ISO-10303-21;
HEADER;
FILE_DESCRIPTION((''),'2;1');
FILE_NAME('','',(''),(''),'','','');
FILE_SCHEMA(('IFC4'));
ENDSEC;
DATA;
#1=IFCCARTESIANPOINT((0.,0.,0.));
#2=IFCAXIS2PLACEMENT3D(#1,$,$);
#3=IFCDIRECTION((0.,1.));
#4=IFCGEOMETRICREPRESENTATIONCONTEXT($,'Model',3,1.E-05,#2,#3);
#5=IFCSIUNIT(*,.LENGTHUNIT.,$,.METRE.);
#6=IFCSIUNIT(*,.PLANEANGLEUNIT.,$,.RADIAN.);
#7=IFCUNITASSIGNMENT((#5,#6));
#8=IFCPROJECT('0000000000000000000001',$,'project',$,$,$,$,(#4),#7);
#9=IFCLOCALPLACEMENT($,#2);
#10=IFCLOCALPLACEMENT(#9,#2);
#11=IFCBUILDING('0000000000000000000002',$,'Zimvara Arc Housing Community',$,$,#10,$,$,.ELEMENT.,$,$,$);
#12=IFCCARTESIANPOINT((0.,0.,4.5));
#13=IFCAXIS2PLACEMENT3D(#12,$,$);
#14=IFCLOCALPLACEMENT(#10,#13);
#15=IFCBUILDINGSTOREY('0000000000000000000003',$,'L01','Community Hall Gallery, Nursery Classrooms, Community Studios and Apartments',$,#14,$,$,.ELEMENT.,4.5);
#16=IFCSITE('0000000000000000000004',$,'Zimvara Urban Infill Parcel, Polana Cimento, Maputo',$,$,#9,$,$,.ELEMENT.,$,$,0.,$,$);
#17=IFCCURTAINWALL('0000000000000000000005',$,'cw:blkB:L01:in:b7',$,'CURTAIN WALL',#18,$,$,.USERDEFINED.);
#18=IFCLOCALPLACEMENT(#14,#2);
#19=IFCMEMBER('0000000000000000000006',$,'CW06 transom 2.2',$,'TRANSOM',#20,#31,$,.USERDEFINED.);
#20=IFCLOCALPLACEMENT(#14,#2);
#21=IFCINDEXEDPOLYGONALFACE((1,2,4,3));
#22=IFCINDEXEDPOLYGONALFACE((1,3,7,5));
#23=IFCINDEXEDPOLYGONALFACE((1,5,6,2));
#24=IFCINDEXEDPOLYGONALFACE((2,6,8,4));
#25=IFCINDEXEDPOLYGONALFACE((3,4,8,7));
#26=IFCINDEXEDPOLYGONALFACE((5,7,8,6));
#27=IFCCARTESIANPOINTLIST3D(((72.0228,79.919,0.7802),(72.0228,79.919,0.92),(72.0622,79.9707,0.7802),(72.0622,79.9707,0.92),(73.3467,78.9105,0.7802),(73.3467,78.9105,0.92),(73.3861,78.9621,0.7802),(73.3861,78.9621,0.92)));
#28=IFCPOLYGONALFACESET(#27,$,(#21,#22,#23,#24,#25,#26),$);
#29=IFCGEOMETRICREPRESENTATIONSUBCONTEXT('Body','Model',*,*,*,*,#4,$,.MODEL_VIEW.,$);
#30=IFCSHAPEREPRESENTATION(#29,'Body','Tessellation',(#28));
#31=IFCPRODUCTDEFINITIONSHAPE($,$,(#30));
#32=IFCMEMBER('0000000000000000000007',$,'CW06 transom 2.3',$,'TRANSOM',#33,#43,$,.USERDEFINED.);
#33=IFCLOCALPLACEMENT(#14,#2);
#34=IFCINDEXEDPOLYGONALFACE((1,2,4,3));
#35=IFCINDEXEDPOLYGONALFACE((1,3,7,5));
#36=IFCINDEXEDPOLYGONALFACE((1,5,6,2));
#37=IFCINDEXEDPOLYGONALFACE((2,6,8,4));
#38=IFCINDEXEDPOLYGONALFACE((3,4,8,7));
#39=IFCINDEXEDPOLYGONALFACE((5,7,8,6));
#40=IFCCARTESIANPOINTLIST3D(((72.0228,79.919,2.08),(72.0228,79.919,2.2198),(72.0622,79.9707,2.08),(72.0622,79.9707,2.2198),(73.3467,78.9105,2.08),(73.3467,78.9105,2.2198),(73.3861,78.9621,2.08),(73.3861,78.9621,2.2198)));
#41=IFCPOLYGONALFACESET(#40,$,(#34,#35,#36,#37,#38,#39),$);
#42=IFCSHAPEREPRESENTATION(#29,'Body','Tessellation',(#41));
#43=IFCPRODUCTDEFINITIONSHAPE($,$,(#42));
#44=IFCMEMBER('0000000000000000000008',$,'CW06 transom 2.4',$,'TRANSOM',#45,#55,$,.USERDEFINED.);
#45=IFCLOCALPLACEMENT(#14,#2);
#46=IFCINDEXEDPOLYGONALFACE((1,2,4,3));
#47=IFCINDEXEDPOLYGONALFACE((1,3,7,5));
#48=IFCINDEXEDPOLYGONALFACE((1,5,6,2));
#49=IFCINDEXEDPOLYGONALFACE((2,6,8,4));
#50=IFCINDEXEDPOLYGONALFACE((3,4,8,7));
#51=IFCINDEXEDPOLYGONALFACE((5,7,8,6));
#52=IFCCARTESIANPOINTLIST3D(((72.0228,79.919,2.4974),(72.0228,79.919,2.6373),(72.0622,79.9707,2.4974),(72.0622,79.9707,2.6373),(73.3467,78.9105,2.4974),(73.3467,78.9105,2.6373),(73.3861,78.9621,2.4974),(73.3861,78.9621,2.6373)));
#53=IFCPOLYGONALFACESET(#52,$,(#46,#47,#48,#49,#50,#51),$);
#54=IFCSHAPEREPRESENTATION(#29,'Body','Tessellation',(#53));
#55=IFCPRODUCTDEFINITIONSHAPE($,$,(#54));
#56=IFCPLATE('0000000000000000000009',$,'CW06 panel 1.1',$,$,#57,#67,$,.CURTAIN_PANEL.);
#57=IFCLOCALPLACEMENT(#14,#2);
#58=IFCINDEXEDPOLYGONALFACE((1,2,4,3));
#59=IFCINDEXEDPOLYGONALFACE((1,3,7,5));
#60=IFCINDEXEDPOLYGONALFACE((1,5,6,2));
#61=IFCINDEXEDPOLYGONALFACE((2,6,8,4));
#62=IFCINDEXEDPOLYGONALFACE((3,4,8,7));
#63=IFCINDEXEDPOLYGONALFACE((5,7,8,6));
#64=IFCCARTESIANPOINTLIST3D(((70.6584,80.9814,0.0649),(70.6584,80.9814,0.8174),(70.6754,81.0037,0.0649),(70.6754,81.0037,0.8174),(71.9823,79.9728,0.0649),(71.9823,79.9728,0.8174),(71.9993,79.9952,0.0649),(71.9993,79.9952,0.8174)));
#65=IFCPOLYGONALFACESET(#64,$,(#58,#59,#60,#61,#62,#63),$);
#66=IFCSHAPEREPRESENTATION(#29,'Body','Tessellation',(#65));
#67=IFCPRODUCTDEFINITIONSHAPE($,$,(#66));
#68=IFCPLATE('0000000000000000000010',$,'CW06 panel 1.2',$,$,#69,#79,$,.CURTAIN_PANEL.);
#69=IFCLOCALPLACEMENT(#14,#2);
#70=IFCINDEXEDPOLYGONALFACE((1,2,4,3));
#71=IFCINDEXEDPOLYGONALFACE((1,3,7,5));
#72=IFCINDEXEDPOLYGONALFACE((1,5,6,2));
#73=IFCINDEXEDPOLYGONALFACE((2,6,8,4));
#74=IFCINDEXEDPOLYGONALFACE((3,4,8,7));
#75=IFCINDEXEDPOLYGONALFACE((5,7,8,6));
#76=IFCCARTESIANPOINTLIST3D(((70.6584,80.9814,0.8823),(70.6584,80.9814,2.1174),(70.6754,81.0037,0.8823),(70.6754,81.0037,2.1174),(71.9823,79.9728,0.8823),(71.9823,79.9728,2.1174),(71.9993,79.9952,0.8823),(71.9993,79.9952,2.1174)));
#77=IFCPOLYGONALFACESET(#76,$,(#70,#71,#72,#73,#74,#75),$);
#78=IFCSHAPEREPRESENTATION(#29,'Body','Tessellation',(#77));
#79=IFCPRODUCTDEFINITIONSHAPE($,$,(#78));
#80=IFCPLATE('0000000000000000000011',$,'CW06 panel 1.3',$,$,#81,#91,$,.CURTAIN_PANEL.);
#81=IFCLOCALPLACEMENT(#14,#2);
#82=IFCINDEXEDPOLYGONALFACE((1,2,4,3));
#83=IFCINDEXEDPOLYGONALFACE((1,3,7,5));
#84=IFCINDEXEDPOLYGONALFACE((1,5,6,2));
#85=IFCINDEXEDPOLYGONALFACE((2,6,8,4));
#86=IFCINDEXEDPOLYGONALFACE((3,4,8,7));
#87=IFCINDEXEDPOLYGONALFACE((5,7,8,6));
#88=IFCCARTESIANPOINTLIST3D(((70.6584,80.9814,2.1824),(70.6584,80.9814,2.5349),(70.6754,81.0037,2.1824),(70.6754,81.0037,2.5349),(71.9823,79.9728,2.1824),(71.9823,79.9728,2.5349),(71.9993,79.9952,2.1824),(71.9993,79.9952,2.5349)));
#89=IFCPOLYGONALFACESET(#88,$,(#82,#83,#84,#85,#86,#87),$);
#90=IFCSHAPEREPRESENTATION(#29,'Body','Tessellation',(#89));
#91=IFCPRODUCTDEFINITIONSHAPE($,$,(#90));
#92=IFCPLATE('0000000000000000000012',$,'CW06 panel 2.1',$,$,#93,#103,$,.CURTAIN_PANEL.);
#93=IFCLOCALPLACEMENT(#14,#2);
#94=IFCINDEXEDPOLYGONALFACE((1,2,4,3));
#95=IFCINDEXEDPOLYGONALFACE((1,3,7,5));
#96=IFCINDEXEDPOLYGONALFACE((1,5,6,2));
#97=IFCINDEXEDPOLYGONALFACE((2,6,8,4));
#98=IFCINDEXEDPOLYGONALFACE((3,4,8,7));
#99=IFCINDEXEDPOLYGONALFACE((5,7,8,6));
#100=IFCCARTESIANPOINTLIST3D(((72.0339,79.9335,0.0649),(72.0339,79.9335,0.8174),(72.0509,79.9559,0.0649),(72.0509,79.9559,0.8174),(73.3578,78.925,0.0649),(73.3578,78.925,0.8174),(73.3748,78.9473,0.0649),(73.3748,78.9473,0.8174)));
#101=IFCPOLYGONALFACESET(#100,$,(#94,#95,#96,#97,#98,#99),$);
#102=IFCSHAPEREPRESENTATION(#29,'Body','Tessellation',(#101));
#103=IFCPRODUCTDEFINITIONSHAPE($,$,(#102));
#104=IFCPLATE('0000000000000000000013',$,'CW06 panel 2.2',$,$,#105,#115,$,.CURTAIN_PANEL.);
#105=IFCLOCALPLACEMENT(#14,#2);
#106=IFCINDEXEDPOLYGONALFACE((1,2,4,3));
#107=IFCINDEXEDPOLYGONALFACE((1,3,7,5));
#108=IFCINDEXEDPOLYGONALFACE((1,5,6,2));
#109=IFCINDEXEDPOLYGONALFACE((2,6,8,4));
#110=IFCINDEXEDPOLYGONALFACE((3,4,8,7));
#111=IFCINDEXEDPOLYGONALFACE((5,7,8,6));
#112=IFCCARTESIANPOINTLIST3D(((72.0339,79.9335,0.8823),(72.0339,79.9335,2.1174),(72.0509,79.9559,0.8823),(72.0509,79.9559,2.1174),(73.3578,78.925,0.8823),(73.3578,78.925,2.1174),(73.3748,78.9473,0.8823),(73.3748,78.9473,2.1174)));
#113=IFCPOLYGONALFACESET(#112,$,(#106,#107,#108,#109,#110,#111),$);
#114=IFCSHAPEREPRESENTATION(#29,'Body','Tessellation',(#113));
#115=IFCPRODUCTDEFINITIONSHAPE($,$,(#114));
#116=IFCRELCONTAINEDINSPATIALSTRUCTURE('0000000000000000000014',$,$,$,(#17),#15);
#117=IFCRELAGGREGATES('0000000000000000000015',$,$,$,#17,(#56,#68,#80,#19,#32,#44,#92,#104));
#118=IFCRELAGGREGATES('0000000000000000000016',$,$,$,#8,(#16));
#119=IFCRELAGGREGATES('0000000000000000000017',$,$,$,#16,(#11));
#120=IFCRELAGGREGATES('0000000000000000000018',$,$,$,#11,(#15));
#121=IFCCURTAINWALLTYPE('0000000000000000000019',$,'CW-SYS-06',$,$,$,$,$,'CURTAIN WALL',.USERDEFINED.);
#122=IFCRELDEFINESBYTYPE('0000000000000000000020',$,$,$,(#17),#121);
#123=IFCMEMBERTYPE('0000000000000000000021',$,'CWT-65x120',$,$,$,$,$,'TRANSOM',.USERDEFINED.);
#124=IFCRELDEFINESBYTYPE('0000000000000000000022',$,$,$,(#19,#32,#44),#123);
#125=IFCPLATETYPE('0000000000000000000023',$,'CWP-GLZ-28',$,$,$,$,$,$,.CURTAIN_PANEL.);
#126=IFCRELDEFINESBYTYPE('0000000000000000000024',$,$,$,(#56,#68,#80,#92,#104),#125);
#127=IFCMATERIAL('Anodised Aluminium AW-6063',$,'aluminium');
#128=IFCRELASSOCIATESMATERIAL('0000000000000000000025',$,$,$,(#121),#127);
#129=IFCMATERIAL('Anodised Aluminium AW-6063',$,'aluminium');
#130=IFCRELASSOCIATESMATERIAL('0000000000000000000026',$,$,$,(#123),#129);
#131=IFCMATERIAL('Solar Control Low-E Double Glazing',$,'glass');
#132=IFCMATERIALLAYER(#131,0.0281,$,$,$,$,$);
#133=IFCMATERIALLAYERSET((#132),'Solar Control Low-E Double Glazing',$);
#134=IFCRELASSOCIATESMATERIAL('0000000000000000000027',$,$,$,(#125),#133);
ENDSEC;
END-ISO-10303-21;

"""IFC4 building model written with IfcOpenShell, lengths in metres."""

from ifc_helpers import new_model, si_unit, direction, frame, origin, origin_2d, place, context, subcontext, project, spatial, rectangle, extrude, material, layer, layer_set, material_profile, profile_set, type_object, element, aggregate, save


model = new_model("IFC4")

# Units and contexts
model_context = context("Model", 3, precision=1e-05, world=origin(), true_north=direction((0.0, 1.0)))
body_context = subcontext(model_context, "Body", "Model", "MODEL_VIEW")
ifc_project = project(units=[si_unit("LENGTHUNIT", "METRE"), si_unit("PLANEANGLEUNIT", "RADIAN")], contexts=[model_context])

# Site, building, storey
site_placement = place(None, origin())
site = spatial("IfcSite", under=ifc_project, at=site_placement, Name="Zimvara Urban Infill Parcel, Polana Cimento, Maputo", CompositionType="ELEMENT", RefElevation=0.0)
building_placement = place(site_placement, origin())
building = spatial("IfcBuilding", under=site, at=building_placement, Name="Zimvara Arc Housing Community", CompositionType="ELEMENT")
storey_placement = place(building_placement, frame((0.0, 0.0, 4.5)))
storey = spatial("IfcBuildingStorey", under=building, at=storey_placement, Name="L01", Description="Community Hall Gallery, Nursery Classrooms, Community Studios and Apartments", CompositionType="ELEMENT", Elevation=4.5)

# Curtain wall, members, plates
ifc_material_1 = material(Name="Anodised Aluminium AW-6063", Category="aluminium")
curtain_wall_type = type_object("IfcCurtainWallType", Name="CW-SYS-06", ElementType="CURTAIN WALL", PredefinedType="USERDEFINED", material=ifc_material_1)
curtain_wall_placement = place(storey_placement, origin())
curtain_wall = element("IfcCurtainWall", 1, at=curtain_wall_placement, inside=storey, type_object=curtain_wall_type, Name="cw:blkB:L01:in:b7", ObjectType="CURTAIN WALL", PredefinedType="USERDEFINED")
ifc_material_2 = material(Name="Anodised Aluminium AW-6063", Category="aluminium")
ifc_material_profile_1 = material_profile(ifc_material_2, rectangle(XDim=0.0649, YDim=0.1399, at=origin_2d()), Name="ALU 65x140")
ifc_profile_set_1 = profile_set([ifc_material_profile_1], Name="Anodised Aluminium AW-6063")
member_type_1 = type_object("IfcMemberType", Name="CWT-65x120", ElementType="TRANSOM", PredefinedType="USERDEFINED", material=ifc_profile_set_1)
member_1_placement = place(storey_placement, frame((72.0425, 79.9448, 0.8501), z_axis=(0.795489, -0.605968, 0.0), x_axis=(0.605968, 0.795489, 0.0)))
member_1 = element("IfcMember", 2, at=member_1_placement, type_object=member_type_1, Name="CW06 transom 2.2", ObjectType="TRANSOM", PredefinedType="USERDEFINED", context=body_context, shape_type="SweptSolid", body=[
    extrude(rectangle(XDim=0.0649, YDim=0.1399, at=origin_2d()), origin(), (0.0, 0.0, 1.0), 1.6643),
])
member_2_placement = place(storey_placement, frame((72.0425, 79.9448, 2.1499), z_axis=(0.795489, -0.605968, 0.0), x_axis=(0.605968, 0.795489, 0.0)))
member_2 = element("IfcMember", 3, at=member_2_placement, type_object=member_type_1, Name="CW06 transom 2.3", ObjectType="TRANSOM", PredefinedType="USERDEFINED", context=body_context, shape_type="SweptSolid", body=[
    extrude(rectangle(XDim=0.0649, YDim=0.1399, at=origin_2d()), origin(), (0.0, 0.0, 1.0), 1.6643),
])
member_3_placement = place(storey_placement, frame((72.0425, 79.9448, 2.5674), z_axis=(0.795489, -0.605968, 0.0), x_axis=(0.605968, 0.795489, 0.0)))
member_3 = element("IfcMember", 4, at=member_3_placement, type_object=member_type_1, Name="CW06 transom 2.4", ObjectType="TRANSOM", PredefinedType="USERDEFINED", context=body_context, shape_type="SweptSolid", body=[
    extrude(rectangle(XDim=0.0649, YDim=0.1399, at=origin_2d()), origin(), (0.0, 0.0, 1.0), 1.6643),
])
ifc_material_3 = material(Name="Solar Control Low-E Double Glazing", Category="glass")
ifc_layer = layer(ifc_material_3, 0.0281)
ifc_layer_set = layer_set([ifc_layer], Name="Solar Control Low-E Double Glazing")
plate_type = type_object("IfcPlateType", Name="CWP-GLZ-28", PredefinedType="CURTAIN_PANEL", material=ifc_layer_set)
plate_1_placement = place(storey_placement, frame((71.3289, 80.4883, 0.0649), z_axis=(0.0, 0.0, 1.0), x_axis=(0.795474, -0.605988, 0.0)))
plate_1 = element("IfcPlate", 5, at=plate_1_placement, type_object=plate_type, Name="CW06 panel 1.1", PredefinedType="CURTAIN_PANEL", context=body_context, shape_type="SweptSolid", body=[
    extrude(rectangle(XDim=1.6643, YDim=0.0281, at=origin_2d()), origin(), (0.0, 0.0, 1.0), 0.7524),
])
plate_2_placement = place(storey_placement, frame((71.3289, 80.4883, 0.8823), z_axis=(0.0, 0.0, 1.0), x_axis=(0.795474, -0.605988, 0.0)))
plate_2 = element("IfcPlate", 6, at=plate_2_placement, type_object=plate_type, Name="CW06 panel 1.2", PredefinedType="CURTAIN_PANEL", context=body_context, shape_type="SweptSolid", body=[
    extrude(rectangle(XDim=1.6643, YDim=0.0281, at=origin_2d()), origin(), (0.0, 0.0, 1.0), 1.2351),
])
plate_3_placement = place(storey_placement, frame((71.3289, 80.4883, 2.1824), z_axis=(0.0, 0.0, 1.0), x_axis=(0.795474, -0.605988, 0.0)))
plate_3 = element("IfcPlate", 7, at=plate_3_placement, type_object=plate_type, Name="CW06 panel 1.3", PredefinedType="CURTAIN_PANEL", context=body_context, shape_type="SweptSolid", body=[
    extrude(rectangle(XDim=1.6643, YDim=0.0281, at=origin_2d()), origin(), (0.0, 0.0, 1.0), 0.3525),
])
plate_4_placement = place(storey_placement, frame((72.7043, 79.4404, 0.0649), z_axis=(0.0, 0.0, 1.0), x_axis=(0.795474, -0.605988, 0.0)))
plate_4 = element("IfcPlate", 8, at=plate_4_placement, type_object=plate_type, Name="CW06 panel 2.1", PredefinedType="CURTAIN_PANEL", context=body_context, shape_type="SweptSolid", body=[
    extrude(rectangle(XDim=1.6643, YDim=0.0281, at=origin_2d()), origin(), (0.0, 0.0, 1.0), 0.7524),
])
plate_5_placement = place(storey_placement, frame((72.7043, 79.4404, 0.8823), z_axis=(0.0, 0.0, 1.0), x_axis=(0.795474, -0.605988, 0.0)))
plate_5 = element("IfcPlate", 9, at=plate_5_placement, type_object=plate_type, Name="CW06 panel 2.2", PredefinedType="CURTAIN_PANEL", context=body_context, shape_type="SweptSolid", body=[
    extrude(rectangle(XDim=1.6643, YDim=0.0281, at=origin_2d()), origin(), (0.0, 0.0, 1.0), 1.2351),
])
aggregate(curtain_wall, [plate_1, plate_2, plate_3, member_1, member_2, member_3, plate_4, plate_5])

save(model, "model.ifc")
